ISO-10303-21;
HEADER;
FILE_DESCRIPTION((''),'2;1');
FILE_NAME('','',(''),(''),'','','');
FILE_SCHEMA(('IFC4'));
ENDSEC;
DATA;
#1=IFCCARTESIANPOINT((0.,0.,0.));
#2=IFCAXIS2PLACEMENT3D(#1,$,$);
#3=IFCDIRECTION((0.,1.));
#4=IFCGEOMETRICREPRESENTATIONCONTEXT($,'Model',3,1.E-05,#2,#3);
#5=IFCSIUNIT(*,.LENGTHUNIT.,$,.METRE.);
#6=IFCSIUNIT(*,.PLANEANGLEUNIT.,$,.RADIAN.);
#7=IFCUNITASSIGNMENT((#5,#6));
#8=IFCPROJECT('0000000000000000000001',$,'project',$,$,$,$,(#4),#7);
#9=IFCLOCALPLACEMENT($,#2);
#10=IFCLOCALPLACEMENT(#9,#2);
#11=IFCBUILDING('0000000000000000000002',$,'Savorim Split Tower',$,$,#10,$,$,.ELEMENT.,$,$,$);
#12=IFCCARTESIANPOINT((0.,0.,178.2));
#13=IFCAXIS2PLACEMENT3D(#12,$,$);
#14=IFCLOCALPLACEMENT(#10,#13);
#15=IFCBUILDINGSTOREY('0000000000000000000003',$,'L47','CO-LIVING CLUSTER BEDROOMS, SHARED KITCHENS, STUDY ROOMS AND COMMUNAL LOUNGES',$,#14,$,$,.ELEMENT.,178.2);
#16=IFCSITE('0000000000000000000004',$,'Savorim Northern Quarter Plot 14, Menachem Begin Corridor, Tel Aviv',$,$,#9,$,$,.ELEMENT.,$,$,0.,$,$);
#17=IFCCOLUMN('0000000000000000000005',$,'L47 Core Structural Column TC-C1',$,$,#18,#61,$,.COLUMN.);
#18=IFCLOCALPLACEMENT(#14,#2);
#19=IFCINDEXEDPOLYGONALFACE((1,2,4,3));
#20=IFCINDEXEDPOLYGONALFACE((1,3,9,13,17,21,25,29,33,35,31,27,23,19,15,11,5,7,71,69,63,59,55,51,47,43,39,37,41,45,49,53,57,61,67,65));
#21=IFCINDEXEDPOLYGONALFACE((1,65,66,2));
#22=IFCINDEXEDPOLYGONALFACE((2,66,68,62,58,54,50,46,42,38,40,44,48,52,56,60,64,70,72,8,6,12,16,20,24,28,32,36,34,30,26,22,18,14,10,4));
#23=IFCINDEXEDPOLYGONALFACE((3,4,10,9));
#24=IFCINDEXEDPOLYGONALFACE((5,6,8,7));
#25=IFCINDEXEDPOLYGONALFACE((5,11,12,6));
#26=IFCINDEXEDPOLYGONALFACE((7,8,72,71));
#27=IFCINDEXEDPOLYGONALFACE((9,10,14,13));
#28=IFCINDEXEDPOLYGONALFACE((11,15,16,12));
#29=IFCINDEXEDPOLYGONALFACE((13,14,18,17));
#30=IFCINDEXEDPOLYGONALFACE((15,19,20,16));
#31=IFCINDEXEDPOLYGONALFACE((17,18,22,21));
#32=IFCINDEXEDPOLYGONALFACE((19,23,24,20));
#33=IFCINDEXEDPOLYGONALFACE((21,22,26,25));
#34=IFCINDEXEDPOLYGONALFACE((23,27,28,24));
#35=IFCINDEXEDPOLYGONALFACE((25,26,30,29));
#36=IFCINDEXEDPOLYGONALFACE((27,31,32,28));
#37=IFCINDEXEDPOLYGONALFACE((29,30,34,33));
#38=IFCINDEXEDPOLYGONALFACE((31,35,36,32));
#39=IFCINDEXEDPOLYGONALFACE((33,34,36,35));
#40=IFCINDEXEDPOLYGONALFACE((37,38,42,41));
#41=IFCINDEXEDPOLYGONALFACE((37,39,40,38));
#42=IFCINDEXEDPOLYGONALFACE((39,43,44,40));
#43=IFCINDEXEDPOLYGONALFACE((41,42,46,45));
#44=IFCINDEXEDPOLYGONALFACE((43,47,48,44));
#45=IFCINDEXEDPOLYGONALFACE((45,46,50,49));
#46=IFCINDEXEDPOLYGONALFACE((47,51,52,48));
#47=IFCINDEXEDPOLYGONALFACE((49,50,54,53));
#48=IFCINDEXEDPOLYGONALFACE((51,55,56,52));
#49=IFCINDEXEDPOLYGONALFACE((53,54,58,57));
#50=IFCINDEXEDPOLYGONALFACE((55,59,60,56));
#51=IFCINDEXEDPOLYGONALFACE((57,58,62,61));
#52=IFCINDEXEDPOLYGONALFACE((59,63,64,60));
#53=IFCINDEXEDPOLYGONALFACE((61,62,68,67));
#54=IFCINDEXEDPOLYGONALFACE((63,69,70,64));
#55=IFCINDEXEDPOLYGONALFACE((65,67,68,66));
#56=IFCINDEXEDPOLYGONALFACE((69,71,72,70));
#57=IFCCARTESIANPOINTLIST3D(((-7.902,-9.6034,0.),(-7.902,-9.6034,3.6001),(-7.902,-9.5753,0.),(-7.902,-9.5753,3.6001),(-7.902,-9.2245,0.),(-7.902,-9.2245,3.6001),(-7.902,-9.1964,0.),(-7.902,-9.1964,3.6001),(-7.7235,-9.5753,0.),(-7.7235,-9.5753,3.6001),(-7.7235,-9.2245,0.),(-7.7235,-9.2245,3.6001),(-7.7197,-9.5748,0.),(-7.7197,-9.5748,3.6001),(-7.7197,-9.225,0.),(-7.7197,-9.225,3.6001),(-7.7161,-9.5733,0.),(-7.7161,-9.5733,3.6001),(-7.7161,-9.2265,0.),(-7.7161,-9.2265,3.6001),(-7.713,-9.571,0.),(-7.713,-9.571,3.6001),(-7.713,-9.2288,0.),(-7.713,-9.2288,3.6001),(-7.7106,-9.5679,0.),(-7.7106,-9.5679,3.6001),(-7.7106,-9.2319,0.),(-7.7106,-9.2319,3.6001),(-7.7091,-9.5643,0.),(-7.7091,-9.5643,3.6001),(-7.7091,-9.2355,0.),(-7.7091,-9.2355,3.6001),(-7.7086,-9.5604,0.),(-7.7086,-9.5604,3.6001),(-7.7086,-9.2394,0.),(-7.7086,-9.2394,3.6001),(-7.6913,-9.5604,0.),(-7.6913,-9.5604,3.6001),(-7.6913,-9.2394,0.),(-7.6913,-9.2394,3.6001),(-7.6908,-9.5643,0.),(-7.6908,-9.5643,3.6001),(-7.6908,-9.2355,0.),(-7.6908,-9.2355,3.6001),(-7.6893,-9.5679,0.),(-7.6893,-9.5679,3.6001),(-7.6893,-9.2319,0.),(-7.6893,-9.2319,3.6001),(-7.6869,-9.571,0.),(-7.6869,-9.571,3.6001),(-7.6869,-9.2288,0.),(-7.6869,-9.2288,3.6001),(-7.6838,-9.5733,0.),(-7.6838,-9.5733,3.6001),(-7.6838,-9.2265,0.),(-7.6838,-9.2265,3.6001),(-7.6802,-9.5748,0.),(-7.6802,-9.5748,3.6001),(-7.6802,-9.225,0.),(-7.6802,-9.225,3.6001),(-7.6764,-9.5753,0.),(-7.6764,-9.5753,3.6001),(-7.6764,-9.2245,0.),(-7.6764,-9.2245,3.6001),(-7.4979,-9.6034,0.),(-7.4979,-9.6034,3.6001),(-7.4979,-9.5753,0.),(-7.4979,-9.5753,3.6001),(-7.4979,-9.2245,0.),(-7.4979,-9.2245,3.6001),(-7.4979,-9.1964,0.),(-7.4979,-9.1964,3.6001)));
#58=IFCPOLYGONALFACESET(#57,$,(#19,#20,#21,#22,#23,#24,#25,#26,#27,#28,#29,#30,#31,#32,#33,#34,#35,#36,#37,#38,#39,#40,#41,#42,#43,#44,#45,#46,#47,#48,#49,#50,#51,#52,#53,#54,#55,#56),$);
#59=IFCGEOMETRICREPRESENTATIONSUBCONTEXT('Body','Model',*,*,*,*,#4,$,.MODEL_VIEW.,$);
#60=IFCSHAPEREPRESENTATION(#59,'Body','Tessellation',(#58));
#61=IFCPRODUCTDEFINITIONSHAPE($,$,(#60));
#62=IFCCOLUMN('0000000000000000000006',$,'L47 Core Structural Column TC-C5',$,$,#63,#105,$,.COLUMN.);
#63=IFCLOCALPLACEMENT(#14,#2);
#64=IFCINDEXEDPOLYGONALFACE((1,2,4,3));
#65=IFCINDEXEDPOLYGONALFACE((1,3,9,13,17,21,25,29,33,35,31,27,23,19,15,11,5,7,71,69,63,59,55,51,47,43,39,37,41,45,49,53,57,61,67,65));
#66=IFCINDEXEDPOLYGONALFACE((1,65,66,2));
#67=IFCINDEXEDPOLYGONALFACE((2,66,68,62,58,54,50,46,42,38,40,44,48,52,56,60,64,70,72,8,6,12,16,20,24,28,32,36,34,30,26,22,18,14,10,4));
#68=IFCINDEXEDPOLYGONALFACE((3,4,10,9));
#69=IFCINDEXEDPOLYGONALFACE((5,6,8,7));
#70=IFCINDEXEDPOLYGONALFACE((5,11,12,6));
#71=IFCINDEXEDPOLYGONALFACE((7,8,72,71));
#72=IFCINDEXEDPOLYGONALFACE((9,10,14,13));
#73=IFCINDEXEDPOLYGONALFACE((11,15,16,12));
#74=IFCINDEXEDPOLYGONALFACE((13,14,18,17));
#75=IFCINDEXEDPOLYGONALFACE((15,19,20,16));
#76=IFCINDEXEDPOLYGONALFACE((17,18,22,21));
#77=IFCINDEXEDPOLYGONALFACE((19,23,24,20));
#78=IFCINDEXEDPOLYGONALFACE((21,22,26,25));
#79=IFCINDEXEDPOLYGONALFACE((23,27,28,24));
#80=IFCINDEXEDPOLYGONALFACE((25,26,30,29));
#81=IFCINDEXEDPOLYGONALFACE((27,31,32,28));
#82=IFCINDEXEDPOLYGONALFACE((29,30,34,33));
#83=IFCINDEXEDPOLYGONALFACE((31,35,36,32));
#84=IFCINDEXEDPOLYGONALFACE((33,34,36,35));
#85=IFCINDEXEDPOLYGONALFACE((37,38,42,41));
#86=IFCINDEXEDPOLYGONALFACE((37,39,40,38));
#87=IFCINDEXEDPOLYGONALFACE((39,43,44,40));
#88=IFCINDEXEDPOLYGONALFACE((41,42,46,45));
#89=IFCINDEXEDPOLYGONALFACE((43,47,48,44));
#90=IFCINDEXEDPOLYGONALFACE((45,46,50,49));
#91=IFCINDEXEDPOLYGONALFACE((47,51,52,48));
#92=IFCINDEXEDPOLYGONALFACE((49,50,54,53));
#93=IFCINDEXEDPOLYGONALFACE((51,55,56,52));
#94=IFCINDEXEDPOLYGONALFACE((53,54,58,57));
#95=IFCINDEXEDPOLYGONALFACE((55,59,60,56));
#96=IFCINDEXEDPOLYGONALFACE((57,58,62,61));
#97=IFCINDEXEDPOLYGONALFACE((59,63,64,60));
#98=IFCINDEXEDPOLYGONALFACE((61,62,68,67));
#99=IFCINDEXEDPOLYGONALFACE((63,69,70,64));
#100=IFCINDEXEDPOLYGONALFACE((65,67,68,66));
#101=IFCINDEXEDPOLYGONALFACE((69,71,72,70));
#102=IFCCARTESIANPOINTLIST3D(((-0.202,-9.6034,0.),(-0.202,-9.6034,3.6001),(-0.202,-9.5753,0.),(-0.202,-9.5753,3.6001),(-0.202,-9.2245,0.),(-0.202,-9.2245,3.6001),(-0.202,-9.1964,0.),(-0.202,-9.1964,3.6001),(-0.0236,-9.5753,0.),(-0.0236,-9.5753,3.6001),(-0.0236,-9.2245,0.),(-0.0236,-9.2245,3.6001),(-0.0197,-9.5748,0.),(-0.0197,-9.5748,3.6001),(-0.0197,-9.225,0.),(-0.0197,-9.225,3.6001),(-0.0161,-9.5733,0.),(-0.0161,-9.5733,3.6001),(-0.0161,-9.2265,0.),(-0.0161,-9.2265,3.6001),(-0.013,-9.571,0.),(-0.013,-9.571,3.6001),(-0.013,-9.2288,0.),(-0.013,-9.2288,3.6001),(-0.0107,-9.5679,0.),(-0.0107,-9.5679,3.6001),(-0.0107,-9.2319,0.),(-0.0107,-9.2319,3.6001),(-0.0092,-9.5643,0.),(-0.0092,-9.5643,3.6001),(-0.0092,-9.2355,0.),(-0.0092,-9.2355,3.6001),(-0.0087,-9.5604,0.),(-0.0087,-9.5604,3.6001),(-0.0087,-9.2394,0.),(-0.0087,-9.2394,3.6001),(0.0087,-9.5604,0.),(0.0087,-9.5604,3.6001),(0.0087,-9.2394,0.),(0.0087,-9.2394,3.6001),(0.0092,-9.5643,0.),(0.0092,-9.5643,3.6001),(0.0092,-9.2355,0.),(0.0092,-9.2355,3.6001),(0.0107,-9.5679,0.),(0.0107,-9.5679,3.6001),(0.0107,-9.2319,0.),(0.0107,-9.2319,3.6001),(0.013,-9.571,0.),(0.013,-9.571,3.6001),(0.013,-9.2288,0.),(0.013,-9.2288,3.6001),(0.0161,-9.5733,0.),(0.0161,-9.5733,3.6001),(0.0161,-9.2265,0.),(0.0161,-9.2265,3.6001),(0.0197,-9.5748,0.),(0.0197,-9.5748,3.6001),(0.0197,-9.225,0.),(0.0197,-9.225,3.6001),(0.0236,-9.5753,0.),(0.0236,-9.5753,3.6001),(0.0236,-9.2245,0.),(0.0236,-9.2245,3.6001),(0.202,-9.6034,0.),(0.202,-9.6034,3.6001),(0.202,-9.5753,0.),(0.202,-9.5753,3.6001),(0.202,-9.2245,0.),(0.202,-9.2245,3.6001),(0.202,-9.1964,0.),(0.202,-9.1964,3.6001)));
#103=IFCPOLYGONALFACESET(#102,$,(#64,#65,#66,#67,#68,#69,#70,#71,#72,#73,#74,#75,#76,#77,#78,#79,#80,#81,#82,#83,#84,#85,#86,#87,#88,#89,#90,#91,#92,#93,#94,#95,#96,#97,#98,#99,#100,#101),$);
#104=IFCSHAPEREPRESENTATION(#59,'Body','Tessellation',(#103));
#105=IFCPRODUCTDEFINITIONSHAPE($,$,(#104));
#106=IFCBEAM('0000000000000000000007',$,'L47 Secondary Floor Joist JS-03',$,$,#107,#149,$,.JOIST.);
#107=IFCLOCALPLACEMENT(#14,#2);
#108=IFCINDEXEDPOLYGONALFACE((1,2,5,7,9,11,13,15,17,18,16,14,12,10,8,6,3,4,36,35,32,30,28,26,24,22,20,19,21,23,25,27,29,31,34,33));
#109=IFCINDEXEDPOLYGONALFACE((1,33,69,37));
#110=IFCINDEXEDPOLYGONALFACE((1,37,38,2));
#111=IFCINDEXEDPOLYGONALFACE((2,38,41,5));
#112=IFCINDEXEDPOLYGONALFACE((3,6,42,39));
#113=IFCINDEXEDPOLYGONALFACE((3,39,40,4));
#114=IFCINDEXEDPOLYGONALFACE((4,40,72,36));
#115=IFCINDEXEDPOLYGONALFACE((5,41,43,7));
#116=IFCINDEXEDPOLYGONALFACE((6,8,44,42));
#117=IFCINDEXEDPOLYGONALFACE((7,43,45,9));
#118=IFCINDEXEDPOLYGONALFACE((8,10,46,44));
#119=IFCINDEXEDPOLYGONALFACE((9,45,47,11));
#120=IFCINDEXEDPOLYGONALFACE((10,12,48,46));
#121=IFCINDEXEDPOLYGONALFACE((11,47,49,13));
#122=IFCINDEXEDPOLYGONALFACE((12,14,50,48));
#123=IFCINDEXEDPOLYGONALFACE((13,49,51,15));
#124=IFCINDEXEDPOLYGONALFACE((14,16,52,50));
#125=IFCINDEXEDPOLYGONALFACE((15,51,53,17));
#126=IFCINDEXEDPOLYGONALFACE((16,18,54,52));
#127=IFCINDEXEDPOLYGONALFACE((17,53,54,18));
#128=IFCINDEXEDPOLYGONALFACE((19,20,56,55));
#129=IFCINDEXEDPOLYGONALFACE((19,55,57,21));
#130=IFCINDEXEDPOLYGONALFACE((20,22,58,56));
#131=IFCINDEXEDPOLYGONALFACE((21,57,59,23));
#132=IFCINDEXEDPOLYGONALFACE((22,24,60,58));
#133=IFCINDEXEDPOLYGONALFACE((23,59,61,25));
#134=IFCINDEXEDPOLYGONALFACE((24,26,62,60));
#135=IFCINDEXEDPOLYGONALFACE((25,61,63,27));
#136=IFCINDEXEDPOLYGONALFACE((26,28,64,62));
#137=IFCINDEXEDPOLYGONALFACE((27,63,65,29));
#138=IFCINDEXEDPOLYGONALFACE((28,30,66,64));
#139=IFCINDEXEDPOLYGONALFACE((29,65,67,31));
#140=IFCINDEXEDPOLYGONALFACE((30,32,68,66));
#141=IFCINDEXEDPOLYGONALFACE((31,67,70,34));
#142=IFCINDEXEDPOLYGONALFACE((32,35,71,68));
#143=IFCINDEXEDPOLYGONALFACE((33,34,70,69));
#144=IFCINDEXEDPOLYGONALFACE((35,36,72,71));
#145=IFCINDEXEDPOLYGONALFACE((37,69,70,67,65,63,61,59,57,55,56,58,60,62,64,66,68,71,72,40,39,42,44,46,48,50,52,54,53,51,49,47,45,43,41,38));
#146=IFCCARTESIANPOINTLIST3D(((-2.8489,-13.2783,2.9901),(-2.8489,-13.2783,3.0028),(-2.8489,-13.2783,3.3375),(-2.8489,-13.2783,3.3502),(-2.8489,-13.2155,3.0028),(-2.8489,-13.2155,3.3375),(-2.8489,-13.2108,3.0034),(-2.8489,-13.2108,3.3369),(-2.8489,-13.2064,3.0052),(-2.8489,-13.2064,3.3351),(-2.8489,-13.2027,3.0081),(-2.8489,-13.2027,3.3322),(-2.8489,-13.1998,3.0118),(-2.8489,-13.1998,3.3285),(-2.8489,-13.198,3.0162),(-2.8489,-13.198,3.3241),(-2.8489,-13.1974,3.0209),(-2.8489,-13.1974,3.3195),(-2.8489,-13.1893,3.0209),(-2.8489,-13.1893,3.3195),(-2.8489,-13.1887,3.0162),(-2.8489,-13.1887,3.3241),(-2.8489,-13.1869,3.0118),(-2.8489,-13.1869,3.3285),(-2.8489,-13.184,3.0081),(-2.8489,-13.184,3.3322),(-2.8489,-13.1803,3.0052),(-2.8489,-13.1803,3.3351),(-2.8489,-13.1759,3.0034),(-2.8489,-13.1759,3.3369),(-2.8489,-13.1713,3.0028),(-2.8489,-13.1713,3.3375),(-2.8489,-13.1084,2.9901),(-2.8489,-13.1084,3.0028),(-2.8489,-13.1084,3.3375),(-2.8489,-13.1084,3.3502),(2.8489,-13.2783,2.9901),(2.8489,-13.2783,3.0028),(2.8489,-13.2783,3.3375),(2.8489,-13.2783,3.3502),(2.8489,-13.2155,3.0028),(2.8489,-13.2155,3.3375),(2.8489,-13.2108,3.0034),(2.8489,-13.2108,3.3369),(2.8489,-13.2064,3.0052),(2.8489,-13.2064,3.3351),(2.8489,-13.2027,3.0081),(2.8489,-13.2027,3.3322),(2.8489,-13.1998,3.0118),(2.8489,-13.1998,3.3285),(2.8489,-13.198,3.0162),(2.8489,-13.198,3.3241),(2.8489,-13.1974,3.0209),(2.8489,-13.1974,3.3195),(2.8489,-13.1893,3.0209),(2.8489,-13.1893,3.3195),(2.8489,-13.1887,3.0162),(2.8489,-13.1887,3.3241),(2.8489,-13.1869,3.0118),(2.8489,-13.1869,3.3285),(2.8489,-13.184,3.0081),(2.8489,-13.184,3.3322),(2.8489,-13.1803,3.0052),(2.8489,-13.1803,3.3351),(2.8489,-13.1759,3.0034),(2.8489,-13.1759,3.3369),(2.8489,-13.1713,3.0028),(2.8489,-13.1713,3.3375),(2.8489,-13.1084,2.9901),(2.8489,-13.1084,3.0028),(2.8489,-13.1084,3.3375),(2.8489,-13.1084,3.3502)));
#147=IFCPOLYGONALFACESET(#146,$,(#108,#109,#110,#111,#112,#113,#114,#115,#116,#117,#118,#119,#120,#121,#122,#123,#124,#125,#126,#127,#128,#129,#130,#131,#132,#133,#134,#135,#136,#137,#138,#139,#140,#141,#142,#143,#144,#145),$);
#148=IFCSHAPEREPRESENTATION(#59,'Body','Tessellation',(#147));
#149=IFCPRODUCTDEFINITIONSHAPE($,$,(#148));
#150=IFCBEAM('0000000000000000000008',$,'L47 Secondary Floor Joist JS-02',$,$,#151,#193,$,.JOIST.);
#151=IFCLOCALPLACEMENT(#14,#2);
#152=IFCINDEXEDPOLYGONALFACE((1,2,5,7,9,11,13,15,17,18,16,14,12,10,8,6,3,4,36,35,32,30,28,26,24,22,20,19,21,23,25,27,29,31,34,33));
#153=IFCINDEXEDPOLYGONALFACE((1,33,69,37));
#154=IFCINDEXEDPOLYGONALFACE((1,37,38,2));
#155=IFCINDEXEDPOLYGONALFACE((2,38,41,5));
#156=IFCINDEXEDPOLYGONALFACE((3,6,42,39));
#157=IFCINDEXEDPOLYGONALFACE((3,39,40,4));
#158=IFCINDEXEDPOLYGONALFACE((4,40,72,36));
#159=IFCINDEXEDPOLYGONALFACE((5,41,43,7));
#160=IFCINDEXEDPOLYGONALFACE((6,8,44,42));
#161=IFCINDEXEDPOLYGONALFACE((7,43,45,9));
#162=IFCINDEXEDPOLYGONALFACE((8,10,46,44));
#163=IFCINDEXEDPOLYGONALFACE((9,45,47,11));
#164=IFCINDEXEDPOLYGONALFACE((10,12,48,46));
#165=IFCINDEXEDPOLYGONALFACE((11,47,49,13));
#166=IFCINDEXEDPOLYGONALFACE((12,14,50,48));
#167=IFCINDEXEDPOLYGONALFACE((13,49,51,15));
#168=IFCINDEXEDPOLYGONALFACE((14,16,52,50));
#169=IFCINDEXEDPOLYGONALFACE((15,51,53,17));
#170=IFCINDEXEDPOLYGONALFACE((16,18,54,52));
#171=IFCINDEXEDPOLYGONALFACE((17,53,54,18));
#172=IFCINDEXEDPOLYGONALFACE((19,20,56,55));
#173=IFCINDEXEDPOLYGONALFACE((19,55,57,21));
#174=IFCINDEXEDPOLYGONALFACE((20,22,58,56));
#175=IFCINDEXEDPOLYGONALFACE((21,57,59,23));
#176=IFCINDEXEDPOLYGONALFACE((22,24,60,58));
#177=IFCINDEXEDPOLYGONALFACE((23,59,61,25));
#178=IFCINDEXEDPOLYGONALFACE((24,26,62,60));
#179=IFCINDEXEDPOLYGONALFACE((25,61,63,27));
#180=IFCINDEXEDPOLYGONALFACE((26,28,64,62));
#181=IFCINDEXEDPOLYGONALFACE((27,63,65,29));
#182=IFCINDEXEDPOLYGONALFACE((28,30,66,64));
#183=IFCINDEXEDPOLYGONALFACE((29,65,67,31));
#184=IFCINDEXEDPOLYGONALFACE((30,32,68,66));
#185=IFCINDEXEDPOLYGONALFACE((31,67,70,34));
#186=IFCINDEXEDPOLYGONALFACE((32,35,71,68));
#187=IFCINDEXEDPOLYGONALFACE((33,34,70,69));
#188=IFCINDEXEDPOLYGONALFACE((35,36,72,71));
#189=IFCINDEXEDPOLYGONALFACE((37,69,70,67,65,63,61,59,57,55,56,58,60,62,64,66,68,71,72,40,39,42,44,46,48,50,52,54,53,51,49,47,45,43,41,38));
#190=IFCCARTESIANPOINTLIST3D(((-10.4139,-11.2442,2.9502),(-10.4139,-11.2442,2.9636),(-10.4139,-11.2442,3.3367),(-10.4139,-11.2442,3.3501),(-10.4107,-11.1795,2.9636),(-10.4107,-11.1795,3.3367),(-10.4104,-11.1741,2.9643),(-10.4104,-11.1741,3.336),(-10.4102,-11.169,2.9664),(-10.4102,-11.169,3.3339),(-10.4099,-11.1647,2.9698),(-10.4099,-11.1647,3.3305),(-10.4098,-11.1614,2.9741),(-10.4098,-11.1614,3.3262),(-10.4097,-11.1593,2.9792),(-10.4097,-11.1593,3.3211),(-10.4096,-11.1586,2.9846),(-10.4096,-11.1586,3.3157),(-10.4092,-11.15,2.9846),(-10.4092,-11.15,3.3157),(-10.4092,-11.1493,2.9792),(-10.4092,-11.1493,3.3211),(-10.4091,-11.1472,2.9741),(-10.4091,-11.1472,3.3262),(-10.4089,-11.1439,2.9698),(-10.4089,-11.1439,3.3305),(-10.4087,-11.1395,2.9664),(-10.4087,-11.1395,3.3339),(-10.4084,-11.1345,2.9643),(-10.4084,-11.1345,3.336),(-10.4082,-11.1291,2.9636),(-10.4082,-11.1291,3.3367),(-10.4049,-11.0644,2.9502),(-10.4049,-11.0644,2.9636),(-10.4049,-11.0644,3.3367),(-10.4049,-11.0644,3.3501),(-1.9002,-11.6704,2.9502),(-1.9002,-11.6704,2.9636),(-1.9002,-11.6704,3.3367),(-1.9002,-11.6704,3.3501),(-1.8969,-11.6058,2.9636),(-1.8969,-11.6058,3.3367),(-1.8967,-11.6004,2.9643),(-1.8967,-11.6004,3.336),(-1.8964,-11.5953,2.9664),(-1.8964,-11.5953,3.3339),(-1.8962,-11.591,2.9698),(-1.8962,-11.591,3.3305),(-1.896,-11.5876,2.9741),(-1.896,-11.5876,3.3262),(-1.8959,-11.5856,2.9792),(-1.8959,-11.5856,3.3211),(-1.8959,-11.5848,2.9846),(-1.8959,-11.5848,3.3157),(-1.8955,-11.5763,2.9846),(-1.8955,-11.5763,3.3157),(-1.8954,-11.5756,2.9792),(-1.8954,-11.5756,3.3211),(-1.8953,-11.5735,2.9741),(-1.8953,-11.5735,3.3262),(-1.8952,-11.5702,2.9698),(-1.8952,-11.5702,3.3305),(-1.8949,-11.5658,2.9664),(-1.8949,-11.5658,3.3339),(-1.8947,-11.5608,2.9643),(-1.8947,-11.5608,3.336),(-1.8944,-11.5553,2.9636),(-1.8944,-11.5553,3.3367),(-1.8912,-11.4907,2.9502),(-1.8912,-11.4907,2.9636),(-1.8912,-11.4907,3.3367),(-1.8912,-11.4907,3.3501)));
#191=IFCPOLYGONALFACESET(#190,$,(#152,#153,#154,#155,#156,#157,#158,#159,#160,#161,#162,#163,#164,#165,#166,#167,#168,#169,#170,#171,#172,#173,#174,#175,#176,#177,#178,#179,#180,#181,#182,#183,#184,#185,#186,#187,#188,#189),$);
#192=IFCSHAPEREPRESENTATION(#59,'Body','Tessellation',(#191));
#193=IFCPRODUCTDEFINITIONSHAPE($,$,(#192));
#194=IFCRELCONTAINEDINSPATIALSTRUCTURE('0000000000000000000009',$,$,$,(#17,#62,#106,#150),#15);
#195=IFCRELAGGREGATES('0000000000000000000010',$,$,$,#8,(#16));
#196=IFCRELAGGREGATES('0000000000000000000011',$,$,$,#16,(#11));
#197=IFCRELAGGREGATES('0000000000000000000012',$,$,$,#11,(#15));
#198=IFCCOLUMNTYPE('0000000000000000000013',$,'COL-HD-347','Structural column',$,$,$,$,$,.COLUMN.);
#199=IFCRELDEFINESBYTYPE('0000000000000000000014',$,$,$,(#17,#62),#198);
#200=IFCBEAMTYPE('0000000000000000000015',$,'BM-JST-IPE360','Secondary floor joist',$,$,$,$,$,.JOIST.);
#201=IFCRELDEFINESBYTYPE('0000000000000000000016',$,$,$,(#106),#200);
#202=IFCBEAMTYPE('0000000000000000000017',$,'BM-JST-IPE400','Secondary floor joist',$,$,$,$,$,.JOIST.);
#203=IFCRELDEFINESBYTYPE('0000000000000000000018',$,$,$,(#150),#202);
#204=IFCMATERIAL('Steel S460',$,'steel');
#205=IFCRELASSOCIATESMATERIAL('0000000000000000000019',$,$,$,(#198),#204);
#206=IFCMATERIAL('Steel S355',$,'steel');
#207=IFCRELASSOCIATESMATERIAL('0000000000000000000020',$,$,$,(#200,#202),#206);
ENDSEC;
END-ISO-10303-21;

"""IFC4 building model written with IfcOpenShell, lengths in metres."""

from ifc_helpers import new_model, si_unit, direction, frame, origin, origin_2d, place, context, subcontext, project, spatial, i_section, extrude, material, material_profile, profile_set, type_object, element, save


model = new_model("IFC4")

# Units and contexts
model_context = context("Model", 3, precision=1e-05, world=origin(), true_north=direction((0.0, 1.0)))
body_context = subcontext(model_context, "Body", "Model", "MODEL_VIEW")
ifc_project = project(units=[si_unit("LENGTHUNIT", "METRE"), si_unit("PLANEANGLEUNIT", "RADIAN")], contexts=[model_context])

# Site, building, storey
site_placement = place(None, origin())
site = spatial("IfcSite", under=ifc_project, at=site_placement, Name="Savorim Northern Quarter Plot 14, Menachem Begin Corridor, Tel Aviv", CompositionType="ELEMENT", RefElevation=0.0)
building_placement = place(site_placement, origin())
building = spatial("IfcBuilding", under=site, at=building_placement, Name="Savorim Split Tower", CompositionType="ELEMENT")
storey_placement = place(building_placement, frame((0.0, 0.0, 178.2)))
storey = spatial("IfcBuildingStorey", under=building, at=storey_placement, Name="L47", Description="CO-LIVING CLUSTER BEDROOMS, SHARED KITCHENS, STUDY ROOMS AND COMMUNAL LOUNGES", CompositionType="ELEMENT", Elevation=178.2)

# Columns
ifc_material_1 = material(Name="Steel S460", Category="steel")
ifc_material_profile_1 = material_profile(ifc_material_1, i_section(OverallWidth=0.4041, OverallDepth=0.407, WebThickness=0.0173, FlangeThickness=0.0281, FilletRadius=0.0149, at=origin_2d()), Name="HD 400x347")
ifc_profile_set_1 = profile_set([ifc_material_profile_1], Name="Steel S460")
column_type = type_object("IfcColumnType", Name="COL-HD-347", Description="Structural column", PredefinedType="COLUMN", material=ifc_profile_set_1)
for number, where, z_axis, x_axis, name in (
    (1, (-7.7, -9.3999, 0.0), (0.0, 0.0, 1.0), (1.0, 0.0, 0.0), "L47 Core Structural Column TC-C1"),
    (2, (0.0, -9.3999, 0.0), (0.0, 0.0, 1.0), (1.0, 0.0, 0.0), "L47 Core Structural Column TC-C5"),
):
    element("IfcColumn", number, at=place(storey_placement, frame(where, z_axis=z_axis, x_axis=x_axis)), inside=storey, type_object=column_type, Name=name, PredefinedType="COLUMN", context=body_context, shape_type="SweptSolid", body=[
        extrude(i_section(OverallWidth=0.4041, OverallDepth=0.407, WebThickness=0.0173, FlangeThickness=0.0281, FilletRadius=0.0149, at=origin_2d()), origin(), (0.0, 0.0, 1.0), 3.6001),
    ])

# Beams
ifc_material_2 = material(Name="Steel S355", Category="steel")
ifc_material_profile_2 = material_profile(ifc_material_2, i_section(OverallWidth=0.1699, OverallDepth=0.3601, WebThickness=0.0081, FlangeThickness=0.0127, FilletRadius=0.0181, at=origin_2d()), Name="IPE 360")
ifc_profile_set_2 = profile_set([ifc_material_profile_2], Name="Steel S355")
beam_type_1 = type_object("IfcBeamType", Name="BM-JST-IPE360", Description="Secondary floor joist", PredefinedType="JOIST", material=ifc_profile_set_2)
beam_1_placement = place(storey_placement, frame((-2.8489, -13.1934, 3.1702), z_axis=(1.0, 0.0, 0.0), x_axis=(0.0, 1.0, 0.0)))
element("IfcBeam", 3, at=beam_1_placement, inside=storey, type_object=beam_type_1, Name="L47 Secondary Floor Joist JS-03", PredefinedType="JOIST", context=body_context, shape_type="SweptSolid", body=[
    extrude(i_section(OverallWidth=0.1699, OverallDepth=0.3601, WebThickness=0.0081, FlangeThickness=0.0127, FilletRadius=0.0181, at=origin_2d()), origin(), (0.0, 0.0, 1.0), 5.6978),
])
ifc_material_profile_3 = material_profile(ifc_material_2, i_section(OverallWidth=0.1799, OverallDepth=0.3999, WebThickness=0.0085, FlangeThickness=0.0134, FilletRadius=0.021, at=origin_2d()), Name="IPE 400")
ifc_profile_set_3 = profile_set([ifc_material_profile_3], Name="Steel S355")
beam_type_2 = type_object("IfcBeamType", Name="BM-JST-IPE400", Description="Secondary floor joist", PredefinedType="JOIST", material=ifc_profile_set_3)
beam_2_placement = place(storey_placement, frame((-10.4094, -11.1543, 3.1501), z_axis=(0.998749, -0.050006, 0.0), x_axis=(0.050006, 0.998749, 0.0)))
element("IfcBeam", 4, at=beam_2_placement, inside=storey, type_object=beam_type_2, Name="L47 Secondary Floor Joist JS-02", PredefinedType="JOIST", context=body_context, shape_type="SweptSolid", body=[
    extrude(i_section(OverallWidth=0.1799, OverallDepth=0.3999, WebThickness=0.0085, FlangeThickness=0.0134, FilletRadius=0.021, at=origin_2d()), origin(), (0.0, 0.0, 1.0), 8.5244),
])

save(model, "model.ifc")
